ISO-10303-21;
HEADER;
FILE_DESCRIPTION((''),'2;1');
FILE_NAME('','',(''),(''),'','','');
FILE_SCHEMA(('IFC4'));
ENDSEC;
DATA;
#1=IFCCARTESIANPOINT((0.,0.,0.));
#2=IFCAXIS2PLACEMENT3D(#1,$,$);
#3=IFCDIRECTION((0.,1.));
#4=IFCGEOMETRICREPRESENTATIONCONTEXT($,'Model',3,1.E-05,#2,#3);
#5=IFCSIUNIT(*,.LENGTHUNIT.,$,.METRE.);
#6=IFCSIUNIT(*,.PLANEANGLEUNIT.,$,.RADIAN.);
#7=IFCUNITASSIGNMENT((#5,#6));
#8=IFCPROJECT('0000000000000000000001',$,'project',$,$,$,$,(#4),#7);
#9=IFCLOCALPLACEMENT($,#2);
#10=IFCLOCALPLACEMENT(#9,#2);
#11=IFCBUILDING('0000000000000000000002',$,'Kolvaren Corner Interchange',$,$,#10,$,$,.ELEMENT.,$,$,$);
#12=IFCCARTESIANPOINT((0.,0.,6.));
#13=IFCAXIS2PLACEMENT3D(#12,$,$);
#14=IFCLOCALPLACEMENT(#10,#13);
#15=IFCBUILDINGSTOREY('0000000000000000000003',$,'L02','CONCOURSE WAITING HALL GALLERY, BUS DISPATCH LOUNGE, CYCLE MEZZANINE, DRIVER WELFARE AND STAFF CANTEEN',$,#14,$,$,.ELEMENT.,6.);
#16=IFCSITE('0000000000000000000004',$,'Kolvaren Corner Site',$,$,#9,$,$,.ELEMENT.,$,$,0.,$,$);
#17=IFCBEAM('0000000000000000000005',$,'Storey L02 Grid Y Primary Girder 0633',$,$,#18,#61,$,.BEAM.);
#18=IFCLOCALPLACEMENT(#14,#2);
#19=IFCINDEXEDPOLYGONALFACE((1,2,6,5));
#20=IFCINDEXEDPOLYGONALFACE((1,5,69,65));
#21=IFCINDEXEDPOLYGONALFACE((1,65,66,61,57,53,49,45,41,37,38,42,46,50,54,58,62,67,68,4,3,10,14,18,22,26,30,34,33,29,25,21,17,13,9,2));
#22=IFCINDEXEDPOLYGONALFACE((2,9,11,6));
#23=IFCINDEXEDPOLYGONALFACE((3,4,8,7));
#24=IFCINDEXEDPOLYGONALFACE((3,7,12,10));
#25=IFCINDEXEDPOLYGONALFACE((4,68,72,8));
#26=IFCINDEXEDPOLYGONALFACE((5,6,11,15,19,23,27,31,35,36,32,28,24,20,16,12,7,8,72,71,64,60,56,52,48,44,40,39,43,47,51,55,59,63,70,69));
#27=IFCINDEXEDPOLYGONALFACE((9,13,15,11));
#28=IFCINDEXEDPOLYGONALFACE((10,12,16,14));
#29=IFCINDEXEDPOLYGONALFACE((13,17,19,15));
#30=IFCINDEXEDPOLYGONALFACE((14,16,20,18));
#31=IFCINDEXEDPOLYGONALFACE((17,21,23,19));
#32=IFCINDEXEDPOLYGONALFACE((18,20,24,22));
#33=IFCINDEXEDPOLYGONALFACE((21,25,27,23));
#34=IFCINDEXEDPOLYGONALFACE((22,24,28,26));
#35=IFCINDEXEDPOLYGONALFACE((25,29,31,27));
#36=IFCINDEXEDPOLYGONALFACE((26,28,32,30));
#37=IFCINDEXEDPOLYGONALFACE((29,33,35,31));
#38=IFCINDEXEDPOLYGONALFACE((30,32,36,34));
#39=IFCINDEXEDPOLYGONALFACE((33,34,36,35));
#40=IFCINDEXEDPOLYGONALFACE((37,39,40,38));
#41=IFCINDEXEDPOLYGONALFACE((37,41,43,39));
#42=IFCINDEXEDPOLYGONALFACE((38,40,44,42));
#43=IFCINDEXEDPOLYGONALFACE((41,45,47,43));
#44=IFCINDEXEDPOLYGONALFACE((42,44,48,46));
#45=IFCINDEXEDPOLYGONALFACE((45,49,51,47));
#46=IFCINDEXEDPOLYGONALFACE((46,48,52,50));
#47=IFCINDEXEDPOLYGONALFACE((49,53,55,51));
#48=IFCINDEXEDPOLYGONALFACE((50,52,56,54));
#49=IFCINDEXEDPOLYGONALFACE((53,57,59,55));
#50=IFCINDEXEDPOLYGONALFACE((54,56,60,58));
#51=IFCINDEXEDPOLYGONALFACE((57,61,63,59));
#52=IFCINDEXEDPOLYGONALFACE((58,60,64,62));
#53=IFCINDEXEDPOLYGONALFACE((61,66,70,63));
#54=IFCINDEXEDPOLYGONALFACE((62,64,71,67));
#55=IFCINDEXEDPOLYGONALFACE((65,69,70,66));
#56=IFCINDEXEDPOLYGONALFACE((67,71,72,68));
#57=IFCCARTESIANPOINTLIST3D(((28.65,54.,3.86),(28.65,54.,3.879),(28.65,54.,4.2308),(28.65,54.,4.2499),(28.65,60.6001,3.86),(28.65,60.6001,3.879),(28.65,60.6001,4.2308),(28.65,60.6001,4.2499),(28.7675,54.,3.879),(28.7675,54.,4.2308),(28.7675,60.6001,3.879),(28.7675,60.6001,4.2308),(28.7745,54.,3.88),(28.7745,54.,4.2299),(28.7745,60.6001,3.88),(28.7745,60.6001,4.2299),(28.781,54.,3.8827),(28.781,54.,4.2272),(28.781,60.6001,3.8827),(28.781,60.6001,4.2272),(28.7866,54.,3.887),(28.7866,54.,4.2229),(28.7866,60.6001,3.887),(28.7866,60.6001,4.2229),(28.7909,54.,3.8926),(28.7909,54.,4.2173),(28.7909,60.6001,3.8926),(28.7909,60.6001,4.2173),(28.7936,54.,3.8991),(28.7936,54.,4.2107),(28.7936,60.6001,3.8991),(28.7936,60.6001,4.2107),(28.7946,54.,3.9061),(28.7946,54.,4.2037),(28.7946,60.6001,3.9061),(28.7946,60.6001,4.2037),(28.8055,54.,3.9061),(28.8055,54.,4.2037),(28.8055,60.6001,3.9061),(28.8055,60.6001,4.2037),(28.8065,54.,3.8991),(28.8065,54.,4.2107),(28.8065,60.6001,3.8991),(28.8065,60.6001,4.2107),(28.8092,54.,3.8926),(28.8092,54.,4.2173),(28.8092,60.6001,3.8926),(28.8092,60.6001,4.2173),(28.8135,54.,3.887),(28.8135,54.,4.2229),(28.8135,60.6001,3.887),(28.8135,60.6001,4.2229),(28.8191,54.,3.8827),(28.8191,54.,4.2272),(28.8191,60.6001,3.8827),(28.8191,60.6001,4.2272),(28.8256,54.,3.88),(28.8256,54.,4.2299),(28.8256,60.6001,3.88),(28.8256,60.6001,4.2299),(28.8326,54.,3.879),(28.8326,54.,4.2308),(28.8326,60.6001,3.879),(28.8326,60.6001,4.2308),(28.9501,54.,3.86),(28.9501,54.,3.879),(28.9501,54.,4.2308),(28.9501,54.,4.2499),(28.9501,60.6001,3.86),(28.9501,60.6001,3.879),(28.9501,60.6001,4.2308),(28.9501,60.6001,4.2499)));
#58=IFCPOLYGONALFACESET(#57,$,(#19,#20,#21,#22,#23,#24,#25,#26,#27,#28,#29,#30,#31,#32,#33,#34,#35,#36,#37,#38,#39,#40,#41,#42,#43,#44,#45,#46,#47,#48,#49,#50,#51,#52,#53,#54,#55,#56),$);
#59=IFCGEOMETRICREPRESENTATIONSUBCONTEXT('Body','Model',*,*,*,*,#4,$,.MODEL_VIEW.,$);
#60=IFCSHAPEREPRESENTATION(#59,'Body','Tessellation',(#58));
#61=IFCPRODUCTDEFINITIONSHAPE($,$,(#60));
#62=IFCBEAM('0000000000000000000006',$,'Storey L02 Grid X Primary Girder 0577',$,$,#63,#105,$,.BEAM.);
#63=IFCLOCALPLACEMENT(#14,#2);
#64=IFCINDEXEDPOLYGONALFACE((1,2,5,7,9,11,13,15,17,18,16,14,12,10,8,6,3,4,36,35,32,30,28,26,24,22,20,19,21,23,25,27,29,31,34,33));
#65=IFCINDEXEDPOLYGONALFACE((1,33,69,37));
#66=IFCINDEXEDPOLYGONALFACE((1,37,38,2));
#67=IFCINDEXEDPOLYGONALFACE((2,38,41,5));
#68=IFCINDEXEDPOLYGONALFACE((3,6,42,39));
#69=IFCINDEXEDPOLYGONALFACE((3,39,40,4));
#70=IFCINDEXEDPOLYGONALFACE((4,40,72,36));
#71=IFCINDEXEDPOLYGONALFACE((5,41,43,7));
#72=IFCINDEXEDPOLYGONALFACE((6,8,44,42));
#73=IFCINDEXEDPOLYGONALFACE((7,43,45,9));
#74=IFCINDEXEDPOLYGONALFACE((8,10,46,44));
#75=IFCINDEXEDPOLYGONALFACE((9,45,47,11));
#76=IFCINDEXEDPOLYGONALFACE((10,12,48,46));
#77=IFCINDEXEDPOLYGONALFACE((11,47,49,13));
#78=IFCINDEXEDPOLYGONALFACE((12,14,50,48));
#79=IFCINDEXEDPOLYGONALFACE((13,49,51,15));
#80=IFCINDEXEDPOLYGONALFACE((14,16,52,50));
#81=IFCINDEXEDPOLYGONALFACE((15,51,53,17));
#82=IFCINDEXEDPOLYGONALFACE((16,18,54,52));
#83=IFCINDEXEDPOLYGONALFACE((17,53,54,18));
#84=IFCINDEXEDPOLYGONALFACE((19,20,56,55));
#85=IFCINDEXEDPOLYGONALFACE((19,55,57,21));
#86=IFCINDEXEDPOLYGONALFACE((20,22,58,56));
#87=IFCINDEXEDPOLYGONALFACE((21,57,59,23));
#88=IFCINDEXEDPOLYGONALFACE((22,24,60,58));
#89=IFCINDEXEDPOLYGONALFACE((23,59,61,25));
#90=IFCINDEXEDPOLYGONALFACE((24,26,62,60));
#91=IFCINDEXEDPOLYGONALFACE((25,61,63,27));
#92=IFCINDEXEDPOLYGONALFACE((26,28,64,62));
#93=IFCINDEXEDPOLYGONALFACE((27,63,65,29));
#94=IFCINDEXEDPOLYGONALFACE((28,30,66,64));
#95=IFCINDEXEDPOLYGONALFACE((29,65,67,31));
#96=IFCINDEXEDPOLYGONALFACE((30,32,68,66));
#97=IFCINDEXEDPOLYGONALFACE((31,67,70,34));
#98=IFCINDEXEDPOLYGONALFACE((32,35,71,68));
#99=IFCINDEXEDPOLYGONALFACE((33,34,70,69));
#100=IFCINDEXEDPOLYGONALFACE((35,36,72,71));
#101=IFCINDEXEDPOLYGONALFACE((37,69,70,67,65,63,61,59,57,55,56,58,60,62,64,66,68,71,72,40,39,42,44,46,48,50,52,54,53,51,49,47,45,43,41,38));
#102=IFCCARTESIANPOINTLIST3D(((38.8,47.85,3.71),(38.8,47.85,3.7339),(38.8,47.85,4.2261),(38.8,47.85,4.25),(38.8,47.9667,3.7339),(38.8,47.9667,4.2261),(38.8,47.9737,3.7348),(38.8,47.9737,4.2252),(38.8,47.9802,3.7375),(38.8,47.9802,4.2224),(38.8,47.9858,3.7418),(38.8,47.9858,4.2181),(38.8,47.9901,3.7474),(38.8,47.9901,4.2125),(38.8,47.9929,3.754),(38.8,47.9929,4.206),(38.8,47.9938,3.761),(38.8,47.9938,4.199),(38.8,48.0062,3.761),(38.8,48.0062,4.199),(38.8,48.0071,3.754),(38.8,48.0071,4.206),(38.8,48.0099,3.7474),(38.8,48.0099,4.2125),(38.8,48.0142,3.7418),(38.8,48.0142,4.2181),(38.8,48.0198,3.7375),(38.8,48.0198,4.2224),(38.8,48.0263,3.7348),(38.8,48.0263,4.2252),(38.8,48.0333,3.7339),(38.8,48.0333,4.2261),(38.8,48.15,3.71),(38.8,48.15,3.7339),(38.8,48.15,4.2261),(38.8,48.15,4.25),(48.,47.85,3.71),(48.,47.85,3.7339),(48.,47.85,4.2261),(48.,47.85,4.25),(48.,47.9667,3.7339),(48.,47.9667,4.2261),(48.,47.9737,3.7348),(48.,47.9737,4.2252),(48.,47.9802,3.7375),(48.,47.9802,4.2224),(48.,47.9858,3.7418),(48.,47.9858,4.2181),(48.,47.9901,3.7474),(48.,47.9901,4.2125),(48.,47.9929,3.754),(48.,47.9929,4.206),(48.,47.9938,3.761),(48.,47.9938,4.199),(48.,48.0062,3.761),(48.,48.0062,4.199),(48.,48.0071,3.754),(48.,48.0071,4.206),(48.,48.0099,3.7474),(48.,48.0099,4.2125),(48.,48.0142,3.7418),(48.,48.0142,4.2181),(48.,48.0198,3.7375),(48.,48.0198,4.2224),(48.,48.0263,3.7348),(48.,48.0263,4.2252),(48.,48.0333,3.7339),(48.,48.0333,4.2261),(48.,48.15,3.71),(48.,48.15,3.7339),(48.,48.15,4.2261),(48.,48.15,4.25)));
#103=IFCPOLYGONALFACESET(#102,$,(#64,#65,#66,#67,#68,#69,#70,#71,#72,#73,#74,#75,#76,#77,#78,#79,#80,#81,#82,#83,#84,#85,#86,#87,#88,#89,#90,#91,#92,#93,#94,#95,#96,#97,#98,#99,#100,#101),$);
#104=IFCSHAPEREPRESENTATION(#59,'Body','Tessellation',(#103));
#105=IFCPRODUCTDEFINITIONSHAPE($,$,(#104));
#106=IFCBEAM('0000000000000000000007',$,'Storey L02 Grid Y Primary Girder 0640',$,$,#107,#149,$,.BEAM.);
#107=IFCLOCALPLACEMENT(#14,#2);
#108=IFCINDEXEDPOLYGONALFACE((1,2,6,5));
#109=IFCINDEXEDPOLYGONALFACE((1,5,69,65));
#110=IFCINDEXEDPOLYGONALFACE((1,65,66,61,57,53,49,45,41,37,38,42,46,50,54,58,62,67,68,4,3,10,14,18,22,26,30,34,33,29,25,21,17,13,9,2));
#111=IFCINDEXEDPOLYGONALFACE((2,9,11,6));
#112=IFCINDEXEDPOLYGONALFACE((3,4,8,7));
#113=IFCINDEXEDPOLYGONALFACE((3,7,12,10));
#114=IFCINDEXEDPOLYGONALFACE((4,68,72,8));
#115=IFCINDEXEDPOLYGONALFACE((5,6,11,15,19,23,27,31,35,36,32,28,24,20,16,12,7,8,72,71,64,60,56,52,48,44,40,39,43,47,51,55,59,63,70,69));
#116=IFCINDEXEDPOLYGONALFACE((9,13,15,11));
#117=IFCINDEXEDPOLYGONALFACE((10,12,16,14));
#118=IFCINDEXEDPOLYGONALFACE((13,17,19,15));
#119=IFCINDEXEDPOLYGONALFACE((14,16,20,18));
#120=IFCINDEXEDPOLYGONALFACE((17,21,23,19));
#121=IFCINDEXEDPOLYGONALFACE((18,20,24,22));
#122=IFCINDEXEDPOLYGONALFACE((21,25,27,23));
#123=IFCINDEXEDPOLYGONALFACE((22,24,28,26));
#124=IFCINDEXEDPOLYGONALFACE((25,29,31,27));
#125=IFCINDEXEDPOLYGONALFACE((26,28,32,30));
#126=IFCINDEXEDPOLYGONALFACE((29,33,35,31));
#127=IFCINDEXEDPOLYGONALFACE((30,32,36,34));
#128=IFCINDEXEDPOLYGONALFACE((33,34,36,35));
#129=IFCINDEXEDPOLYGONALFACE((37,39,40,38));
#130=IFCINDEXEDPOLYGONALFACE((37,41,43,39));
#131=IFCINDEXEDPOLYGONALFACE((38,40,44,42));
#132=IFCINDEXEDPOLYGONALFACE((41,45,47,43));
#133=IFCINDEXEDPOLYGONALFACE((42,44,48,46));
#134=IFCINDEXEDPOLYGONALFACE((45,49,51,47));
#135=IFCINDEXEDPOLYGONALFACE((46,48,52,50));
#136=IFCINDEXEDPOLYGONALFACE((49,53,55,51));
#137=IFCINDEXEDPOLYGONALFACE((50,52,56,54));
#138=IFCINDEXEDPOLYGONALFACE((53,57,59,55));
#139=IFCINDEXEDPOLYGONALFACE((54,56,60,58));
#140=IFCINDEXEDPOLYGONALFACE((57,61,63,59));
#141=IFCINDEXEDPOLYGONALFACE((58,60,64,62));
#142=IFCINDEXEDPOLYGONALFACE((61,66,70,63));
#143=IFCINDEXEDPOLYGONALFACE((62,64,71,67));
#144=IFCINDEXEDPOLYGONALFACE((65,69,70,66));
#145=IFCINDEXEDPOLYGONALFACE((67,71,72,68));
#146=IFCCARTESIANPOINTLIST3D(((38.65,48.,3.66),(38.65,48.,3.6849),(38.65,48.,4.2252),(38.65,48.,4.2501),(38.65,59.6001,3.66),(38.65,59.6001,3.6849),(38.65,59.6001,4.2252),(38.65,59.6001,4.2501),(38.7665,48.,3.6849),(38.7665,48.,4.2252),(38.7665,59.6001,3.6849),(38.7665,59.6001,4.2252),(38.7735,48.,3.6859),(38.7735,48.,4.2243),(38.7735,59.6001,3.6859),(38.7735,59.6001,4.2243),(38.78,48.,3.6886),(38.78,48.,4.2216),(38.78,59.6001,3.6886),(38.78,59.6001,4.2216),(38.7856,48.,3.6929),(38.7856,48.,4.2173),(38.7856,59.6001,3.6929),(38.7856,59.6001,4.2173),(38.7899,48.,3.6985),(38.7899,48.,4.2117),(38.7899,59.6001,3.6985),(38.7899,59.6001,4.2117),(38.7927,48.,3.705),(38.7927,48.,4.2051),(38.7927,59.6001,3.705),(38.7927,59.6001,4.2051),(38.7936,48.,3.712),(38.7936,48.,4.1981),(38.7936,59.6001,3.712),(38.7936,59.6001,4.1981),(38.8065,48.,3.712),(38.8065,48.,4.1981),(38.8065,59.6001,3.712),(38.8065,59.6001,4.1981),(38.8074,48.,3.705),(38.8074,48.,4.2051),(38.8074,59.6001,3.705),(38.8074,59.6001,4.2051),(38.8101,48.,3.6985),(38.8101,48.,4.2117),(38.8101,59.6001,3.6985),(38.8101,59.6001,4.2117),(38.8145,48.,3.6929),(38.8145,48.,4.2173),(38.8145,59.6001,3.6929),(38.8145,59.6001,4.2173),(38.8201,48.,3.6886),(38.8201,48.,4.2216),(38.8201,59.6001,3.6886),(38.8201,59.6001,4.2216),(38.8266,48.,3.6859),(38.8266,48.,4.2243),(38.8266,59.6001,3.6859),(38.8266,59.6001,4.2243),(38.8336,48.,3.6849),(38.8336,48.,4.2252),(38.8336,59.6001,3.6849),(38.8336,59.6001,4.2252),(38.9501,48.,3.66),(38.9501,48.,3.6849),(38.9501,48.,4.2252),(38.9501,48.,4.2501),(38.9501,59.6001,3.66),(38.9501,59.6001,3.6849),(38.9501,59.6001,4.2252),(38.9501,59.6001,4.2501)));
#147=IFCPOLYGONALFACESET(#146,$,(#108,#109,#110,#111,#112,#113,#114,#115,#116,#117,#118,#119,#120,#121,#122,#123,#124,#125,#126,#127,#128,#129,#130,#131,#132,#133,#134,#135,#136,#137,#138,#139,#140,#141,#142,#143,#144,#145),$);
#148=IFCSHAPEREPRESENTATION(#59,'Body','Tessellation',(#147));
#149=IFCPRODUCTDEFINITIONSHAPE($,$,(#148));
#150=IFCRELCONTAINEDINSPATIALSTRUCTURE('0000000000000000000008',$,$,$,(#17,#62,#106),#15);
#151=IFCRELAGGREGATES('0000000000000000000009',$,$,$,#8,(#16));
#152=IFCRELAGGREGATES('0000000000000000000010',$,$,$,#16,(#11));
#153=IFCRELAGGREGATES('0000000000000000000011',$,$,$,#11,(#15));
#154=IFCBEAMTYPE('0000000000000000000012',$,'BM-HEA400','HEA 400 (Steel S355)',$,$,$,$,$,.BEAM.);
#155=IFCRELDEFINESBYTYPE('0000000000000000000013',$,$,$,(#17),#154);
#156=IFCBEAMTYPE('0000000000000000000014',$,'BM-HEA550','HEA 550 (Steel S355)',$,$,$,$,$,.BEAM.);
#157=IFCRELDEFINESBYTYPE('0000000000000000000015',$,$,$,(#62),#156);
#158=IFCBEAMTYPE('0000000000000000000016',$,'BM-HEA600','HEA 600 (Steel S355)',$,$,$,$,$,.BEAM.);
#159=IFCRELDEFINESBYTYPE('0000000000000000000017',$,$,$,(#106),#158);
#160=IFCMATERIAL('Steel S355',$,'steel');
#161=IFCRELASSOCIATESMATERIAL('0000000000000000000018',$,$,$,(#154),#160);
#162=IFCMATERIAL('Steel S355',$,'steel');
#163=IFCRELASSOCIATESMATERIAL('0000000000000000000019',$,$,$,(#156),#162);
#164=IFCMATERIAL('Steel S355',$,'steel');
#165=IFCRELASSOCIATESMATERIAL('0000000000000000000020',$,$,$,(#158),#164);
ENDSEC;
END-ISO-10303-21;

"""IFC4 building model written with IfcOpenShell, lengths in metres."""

from ifc_helpers import new_model, si_unit, direction, frame, origin, origin_2d, place, context, subcontext, project, spatial, i_section, extrude, material, material_profile, profile_set, type_object, element, save


model = new_model("IFC4")

# Units and contexts
model_context = context("Model", 3, precision=1e-05, world=origin(), true_north=direction((0.0, 1.0)))
body_context = subcontext(model_context, "Body", "Model", "MODEL_VIEW")
ifc_project = project(units=[si_unit("LENGTHUNIT", "METRE"), si_unit("PLANEANGLEUNIT", "RADIAN")], contexts=[model_context])

# Site, building, storey
site_placement = place(None, origin())
site = spatial("IfcSite", under=ifc_project, at=site_placement, Name="Kolvaren Corner Site", CompositionType="ELEMENT", RefElevation=0.0)
building_placement = place(site_placement, origin())
building = spatial("IfcBuilding", under=site, at=building_placement, Name="Kolvaren Corner Interchange", CompositionType="ELEMENT")
storey_placement = place(building_placement, frame((0.0, 0.0, 6.0)))
storey = spatial("IfcBuildingStorey", under=building, at=storey_placement, Name="L02", Description="CONCOURSE WAITING HALL GALLERY, BUS DISPATCH LOUNGE, CYCLE MEZZANINE, DRIVER WELFARE AND STAFF CANTEEN", CompositionType="ELEMENT", Elevation=6.0)

# Beams
ifc_material_1 = material(Name="Steel S355", Category="steel")
ifc_material_profile_1 = material_profile(ifc_material_1, i_section(OverallWidth=0.3, OverallDepth=0.3899, WebThickness=0.011, FlangeThickness=0.019, FilletRadius=0.0271, at=origin_2d()), Name="HEA 400")
ifc_profile_set_1 = profile_set([ifc_material_profile_1], Name="Steel S355")
beam_type_1 = type_object("IfcBeamType", Name="BM-HEA400", Description="HEA 400 (Steel S355)", PredefinedType="BEAM", material=ifc_profile_set_1)
beam_1_placement = place(storey_placement, frame((28.8, 54.0, 4.0549), z_axis=(0.0, 1.0, 0.0), x_axis=(-1.0, 0.0, 0.0)))
element("IfcBeam", 1, at=beam_1_placement, inside=storey, type_object=beam_type_1, Name="Storey L02 Grid Y Primary Girder 0633", PredefinedType="BEAM", context=body_context, shape_type="SweptSolid", body=[
    extrude(i_section(OverallWidth=0.3, OverallDepth=0.3899, WebThickness=0.011, FlangeThickness=0.019, FilletRadius=0.0271, at=origin_2d()), origin(), (0.0, 0.0, 1.0), 6.6001),
])
ifc_material_2 = material(Name="Steel S355", Category="steel")
ifc_material_profile_2 = material_profile(ifc_material_2, i_section(OverallWidth=0.3, OverallDepth=0.54, WebThickness=0.0125, FlangeThickness=0.0239, FilletRadius=0.0271, at=origin_2d()), Name="HEA 550")
ifc_profile_set_2 = profile_set([ifc_material_profile_2], Name="Steel S355")
beam_type_2 = type_object("IfcBeamType", Name="BM-HEA550", Description="HEA 550 (Steel S355)", PredefinedType="BEAM", material=ifc_profile_set_2)
beam_2_placement = place(storey_placement, frame((38.8, 48.0, 3.98), z_axis=(1.0, 0.0, 0.0), x_axis=(0.0, 1.0, 0.0)))
element("IfcBeam", 2, at=beam_2_placement, inside=storey, type_object=beam_type_2, Name="Storey L02 Grid X Primary Girder 0577", PredefinedType="BEAM", context=body_context, shape_type="SweptSolid", body=[
    extrude(i_section(OverallWidth=0.3, OverallDepth=0.54, WebThickness=0.0125, FlangeThickness=0.0239, FilletRadius=0.0271, at=origin_2d()), origin(), (0.0, 0.0, 1.0), 9.2),
])
ifc_material_3 = material(Name="Steel S355", Category="steel")
ifc_material_profile_3 = material_profile(ifc_material_3, i_section(OverallWidth=0.3, OverallDepth=0.5901, WebThickness=0.0129, FlangeThickness=0.0249, FilletRadius=0.0271, at=origin_2d()), Name="HEA 600")
ifc_profile_set_3 = profile_set([ifc_material_profile_3], Name="Steel S355")
beam_type_3 = type_object("IfcBeamType", Name="BM-HEA600", Description="HEA 600 (Steel S355)", PredefinedType="BEAM", material=ifc_profile_set_3)
beam_3_placement = place(storey_placement, frame((38.8, 48.0, 3.9551), z_axis=(0.0, 1.0, 0.0), x_axis=(-1.0, 0.0, 0.0)))
element("IfcBeam", 3, at=beam_3_placement, inside=storey, type_object=beam_type_3, Name="Storey L02 Grid Y Primary Girder 0640", PredefinedType="BEAM", context=body_context, shape_type="SweptSolid", body=[
    extrude(i_section(OverallWidth=0.3, OverallDepth=0.5901, WebThickness=0.0129, FlangeThickness=0.0249, FilletRadius=0.0271, at=origin_2d()), origin(), (0.0, 0.0, 1.0), 11.6001),
])

save(model, "model.ifc")
